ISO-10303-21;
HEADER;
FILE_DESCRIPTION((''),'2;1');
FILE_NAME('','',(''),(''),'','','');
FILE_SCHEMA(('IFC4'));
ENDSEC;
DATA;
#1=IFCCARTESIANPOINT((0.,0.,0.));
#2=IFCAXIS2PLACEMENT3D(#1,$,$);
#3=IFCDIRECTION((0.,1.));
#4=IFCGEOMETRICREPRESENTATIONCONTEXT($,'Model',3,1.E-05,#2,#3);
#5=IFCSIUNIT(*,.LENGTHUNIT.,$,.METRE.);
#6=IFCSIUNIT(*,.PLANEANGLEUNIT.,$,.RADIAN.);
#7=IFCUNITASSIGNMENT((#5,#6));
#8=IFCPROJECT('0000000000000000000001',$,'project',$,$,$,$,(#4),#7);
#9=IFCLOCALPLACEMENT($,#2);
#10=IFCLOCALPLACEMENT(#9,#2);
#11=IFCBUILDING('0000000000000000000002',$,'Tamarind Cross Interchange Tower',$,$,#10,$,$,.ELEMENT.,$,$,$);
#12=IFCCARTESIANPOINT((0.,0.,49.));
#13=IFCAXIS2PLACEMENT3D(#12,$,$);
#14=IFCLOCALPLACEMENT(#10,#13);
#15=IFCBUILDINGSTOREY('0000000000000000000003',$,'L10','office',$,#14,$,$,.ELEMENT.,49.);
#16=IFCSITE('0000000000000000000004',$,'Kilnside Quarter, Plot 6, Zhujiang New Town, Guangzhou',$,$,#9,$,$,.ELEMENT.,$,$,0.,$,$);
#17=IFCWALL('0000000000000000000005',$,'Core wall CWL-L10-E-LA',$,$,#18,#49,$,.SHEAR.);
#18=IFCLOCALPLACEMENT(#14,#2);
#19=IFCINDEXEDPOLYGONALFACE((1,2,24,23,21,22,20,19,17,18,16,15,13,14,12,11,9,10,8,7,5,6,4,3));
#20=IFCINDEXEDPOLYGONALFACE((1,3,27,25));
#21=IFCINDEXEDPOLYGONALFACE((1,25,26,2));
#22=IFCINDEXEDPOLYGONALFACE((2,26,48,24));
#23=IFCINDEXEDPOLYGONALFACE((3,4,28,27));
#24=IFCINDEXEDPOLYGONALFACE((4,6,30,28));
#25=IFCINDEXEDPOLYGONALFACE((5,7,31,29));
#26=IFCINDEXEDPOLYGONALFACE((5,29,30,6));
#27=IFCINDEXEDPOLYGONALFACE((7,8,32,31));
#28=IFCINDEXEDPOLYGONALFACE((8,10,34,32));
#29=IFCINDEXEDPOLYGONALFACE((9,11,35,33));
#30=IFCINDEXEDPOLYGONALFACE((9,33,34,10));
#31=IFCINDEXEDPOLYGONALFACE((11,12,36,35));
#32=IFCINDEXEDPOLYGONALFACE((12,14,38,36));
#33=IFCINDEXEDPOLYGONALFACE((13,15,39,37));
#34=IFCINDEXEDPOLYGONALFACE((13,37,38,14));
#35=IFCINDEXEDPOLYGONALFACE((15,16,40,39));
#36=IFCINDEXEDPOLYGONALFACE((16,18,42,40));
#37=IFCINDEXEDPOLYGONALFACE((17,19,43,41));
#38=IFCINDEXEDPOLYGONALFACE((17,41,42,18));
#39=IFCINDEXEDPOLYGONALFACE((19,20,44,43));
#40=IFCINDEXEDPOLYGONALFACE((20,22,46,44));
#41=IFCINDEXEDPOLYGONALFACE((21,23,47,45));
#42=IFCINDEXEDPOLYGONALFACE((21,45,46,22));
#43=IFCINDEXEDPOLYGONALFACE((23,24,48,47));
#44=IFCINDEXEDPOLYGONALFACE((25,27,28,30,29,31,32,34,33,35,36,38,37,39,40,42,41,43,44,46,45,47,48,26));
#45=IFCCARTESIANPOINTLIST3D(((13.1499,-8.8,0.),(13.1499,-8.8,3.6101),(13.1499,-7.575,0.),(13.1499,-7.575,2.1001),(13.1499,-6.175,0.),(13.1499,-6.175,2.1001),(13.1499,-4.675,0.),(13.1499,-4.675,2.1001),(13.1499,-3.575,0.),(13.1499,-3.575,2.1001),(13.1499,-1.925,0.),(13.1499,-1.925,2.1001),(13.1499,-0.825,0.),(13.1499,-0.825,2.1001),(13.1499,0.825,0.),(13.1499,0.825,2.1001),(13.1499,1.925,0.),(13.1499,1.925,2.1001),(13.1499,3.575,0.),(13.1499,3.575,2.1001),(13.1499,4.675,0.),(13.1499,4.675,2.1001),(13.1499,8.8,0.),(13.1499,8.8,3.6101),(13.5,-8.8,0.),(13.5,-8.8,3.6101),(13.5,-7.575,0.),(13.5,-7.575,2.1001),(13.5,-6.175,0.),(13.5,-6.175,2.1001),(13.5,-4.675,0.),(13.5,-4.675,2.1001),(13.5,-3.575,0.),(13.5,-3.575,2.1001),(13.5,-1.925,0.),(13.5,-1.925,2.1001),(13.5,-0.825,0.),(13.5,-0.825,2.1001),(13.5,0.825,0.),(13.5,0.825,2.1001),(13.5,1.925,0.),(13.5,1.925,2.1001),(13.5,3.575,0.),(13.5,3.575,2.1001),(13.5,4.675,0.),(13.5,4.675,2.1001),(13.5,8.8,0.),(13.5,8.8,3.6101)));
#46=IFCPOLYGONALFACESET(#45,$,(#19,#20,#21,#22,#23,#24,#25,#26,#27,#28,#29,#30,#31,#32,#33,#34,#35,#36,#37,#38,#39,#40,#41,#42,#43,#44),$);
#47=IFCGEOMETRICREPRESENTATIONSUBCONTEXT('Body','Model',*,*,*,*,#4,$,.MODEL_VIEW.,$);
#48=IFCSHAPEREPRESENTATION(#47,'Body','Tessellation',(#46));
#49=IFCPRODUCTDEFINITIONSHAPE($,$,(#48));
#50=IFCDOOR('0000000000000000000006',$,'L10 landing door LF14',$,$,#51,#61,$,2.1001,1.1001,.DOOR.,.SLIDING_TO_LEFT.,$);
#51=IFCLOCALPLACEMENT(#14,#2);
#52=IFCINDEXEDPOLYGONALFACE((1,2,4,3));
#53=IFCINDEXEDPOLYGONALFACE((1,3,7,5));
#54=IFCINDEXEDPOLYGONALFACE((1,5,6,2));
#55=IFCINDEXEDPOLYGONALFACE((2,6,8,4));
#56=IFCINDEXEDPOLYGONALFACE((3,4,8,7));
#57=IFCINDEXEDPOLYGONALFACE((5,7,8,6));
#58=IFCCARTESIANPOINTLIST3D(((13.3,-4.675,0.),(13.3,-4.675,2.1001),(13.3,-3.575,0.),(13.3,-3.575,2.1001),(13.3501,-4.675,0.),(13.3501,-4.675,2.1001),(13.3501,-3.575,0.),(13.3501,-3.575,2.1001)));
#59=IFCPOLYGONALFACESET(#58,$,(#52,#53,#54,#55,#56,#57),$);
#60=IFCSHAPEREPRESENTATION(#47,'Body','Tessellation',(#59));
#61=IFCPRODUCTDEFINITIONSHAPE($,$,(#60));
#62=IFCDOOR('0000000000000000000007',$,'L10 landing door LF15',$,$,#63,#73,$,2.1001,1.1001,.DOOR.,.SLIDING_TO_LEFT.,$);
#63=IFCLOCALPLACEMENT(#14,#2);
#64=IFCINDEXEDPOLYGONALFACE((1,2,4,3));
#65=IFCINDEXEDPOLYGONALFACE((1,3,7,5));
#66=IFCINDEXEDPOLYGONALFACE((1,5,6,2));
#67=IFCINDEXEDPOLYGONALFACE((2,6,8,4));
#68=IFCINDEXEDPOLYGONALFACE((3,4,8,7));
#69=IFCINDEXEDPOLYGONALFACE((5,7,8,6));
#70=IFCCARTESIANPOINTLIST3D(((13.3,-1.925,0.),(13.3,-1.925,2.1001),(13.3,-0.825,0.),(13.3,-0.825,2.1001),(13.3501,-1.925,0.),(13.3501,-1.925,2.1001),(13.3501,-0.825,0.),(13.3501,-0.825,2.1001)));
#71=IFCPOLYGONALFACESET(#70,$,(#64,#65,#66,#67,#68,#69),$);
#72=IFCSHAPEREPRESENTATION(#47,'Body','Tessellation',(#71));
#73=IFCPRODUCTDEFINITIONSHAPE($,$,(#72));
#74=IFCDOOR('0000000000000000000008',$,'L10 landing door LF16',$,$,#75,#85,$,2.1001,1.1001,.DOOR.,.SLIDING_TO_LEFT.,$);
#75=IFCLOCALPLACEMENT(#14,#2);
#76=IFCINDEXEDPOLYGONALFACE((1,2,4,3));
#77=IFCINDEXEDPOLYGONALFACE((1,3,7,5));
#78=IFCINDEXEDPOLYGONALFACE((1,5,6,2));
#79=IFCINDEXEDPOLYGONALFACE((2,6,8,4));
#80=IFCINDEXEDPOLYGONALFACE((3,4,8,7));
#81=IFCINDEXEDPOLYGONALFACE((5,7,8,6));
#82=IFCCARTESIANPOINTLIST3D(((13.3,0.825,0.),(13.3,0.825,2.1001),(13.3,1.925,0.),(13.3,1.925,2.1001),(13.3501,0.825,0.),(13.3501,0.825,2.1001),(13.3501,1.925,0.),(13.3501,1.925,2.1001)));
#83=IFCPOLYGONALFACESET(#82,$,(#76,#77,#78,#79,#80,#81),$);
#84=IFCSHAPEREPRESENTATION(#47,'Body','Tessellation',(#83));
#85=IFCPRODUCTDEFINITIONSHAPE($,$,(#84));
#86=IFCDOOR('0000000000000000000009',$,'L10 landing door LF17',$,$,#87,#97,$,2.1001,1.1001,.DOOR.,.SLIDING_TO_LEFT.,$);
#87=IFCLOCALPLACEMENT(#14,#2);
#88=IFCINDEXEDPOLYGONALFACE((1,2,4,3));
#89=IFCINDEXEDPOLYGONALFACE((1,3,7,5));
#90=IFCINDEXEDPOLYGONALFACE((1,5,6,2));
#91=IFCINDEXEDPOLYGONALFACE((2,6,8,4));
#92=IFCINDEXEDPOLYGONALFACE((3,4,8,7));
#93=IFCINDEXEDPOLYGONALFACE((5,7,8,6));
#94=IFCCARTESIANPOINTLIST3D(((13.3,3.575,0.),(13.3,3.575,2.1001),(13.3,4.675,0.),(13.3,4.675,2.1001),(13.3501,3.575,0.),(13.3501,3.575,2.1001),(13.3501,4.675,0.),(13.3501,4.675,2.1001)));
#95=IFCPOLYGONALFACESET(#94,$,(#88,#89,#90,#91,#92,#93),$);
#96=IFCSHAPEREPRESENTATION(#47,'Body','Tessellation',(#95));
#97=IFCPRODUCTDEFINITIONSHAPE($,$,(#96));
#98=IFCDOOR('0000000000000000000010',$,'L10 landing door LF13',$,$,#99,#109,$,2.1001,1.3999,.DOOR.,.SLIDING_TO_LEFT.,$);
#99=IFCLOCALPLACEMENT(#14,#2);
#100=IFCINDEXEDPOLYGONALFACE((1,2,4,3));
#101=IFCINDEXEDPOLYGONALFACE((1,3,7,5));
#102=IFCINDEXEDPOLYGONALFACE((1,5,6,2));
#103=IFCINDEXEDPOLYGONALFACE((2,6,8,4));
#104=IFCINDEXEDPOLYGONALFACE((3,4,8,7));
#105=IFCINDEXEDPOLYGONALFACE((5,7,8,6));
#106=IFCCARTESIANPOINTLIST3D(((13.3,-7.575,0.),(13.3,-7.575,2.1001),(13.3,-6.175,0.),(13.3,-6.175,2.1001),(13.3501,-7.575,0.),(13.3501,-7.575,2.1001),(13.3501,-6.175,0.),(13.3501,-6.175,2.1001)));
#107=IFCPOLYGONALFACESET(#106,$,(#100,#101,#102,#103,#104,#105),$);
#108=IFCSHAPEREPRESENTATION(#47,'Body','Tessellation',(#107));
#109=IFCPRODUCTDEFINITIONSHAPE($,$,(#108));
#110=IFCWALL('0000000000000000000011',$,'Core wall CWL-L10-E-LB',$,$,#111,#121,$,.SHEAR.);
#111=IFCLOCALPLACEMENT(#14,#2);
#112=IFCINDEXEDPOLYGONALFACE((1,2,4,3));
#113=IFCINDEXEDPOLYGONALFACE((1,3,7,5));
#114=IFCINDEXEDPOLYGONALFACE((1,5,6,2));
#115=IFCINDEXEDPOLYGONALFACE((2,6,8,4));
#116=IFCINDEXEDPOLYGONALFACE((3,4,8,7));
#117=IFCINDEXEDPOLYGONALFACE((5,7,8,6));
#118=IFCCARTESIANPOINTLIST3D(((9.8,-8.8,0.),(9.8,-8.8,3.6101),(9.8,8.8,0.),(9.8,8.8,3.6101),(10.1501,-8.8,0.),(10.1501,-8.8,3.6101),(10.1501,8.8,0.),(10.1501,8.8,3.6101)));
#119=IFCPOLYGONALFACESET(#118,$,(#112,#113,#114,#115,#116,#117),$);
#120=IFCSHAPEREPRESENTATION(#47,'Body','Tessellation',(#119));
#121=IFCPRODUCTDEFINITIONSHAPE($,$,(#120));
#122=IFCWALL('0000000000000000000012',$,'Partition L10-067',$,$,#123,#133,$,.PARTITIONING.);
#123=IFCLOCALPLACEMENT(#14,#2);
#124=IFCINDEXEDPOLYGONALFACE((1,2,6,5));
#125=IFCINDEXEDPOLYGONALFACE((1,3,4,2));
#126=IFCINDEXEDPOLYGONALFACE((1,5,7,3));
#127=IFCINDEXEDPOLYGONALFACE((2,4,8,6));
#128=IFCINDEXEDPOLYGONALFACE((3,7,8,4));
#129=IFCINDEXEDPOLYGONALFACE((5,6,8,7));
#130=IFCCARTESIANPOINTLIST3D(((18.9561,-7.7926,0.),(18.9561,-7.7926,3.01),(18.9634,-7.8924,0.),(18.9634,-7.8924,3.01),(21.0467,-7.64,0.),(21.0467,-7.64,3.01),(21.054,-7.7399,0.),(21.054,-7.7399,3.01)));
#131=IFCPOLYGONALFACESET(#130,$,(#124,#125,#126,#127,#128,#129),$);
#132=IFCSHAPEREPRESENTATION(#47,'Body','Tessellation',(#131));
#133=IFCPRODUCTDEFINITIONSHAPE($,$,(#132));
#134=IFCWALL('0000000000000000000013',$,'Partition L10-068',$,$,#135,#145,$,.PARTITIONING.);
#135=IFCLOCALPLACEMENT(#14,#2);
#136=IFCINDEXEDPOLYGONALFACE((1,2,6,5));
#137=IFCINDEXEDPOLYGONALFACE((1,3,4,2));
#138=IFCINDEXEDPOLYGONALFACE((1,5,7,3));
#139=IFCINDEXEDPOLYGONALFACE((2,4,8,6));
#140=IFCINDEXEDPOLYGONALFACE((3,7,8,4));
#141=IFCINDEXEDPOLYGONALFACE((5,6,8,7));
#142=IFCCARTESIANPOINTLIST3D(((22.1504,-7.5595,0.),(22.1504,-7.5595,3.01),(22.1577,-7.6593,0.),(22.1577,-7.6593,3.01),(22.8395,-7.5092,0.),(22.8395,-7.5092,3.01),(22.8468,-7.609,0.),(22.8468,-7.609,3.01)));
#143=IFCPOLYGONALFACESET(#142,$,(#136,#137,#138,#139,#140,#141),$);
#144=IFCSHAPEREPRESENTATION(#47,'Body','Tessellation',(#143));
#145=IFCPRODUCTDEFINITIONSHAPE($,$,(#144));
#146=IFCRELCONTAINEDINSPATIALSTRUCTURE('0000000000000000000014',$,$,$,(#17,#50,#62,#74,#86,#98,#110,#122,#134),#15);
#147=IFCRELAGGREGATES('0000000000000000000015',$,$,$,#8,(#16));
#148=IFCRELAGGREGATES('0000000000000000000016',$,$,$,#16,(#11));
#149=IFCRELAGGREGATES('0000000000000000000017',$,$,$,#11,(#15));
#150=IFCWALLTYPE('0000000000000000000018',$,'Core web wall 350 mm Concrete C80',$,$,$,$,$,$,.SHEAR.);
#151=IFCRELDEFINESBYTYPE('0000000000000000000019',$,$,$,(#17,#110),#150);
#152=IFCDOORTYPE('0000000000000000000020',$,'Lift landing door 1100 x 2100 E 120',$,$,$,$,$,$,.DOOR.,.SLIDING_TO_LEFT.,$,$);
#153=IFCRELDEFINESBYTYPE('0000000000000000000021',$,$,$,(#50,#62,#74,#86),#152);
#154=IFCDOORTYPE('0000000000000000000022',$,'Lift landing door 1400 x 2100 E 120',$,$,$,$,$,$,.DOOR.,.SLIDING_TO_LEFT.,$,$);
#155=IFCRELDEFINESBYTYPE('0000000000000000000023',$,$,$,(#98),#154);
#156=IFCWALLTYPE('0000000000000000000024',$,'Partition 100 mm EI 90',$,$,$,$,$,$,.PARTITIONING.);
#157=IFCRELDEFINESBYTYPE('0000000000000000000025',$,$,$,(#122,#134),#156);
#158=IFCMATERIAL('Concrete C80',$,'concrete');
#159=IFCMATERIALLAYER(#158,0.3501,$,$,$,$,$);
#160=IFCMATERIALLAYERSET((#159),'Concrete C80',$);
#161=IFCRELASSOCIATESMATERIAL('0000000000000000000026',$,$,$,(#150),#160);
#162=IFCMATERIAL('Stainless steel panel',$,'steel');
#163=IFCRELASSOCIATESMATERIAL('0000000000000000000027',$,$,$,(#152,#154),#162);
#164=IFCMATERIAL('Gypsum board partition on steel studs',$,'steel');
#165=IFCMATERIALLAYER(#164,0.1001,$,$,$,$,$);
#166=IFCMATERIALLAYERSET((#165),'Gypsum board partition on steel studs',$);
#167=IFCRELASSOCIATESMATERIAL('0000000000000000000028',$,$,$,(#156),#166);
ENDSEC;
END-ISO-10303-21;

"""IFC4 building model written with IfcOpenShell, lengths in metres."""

from ifc_helpers import new_model, si_unit, direction, frame, frame_2d, origin, place, context, subcontext, project, spatial, rectangle, extrude, material, layer, layer_set, type_object, element, fill, save


model = new_model("IFC4")

# Units and contexts
model_context = context("Model", 3, precision=1e-05, world=origin(), true_north=direction((0.0, 1.0)))
body_context = subcontext(model_context, "Body", "Model", "MODEL_VIEW")
ifc_project = project(units=[si_unit("LENGTHUNIT", "METRE"), si_unit("PLANEANGLEUNIT", "RADIAN")], contexts=[model_context])

# Site, building, storey
site_placement = place(None, origin())
site = spatial("IfcSite", under=ifc_project, at=site_placement, Name="Kilnside Quarter, Plot 6, Zhujiang New Town, Guangzhou", CompositionType="ELEMENT", RefElevation=0.0)
building_placement = place(site_placement, origin())
building = spatial("IfcBuilding", under=site, at=building_placement, Name="Tamarind Cross Interchange Tower", CompositionType="ELEMENT")
storey_placement = place(building_placement, frame((0.0, 0.0, 49.0)))
storey = spatial("IfcBuildingStorey", under=building, at=storey_placement, Name="L10", Description="office", CompositionType="ELEMENT", Elevation=49.0)

# Wall, openings, doors
ifc_material_1 = material(Name="Concrete C80", Category="concrete")
ifc_layer_1 = layer(ifc_material_1, 0.3501)
ifc_layer_set_1 = layer_set([ifc_layer_1], Name="Concrete C80")
wall_type_1 = type_object("IfcWallType", Name="Core web wall 350 mm Concrete C80", PredefinedType="SHEAR", material=ifc_layer_set_1)
wall_1_placement = place(storey_placement, frame((13.325, -8.8, 0.0), z_axis=(0.0, 0.0, 1.0), x_axis=(0.0, 1.0, 0.0)))
wall_1 = element("IfcWall", 1, at=wall_1_placement, inside=storey, type_object=wall_type_1, Name="Core wall CWL-L10-E-LA", PredefinedType="SHEAR", context=body_context, shape_type="SweptSolid", body=[
    extrude(rectangle(XDim=17.6001, YDim=0.3501, at=frame_2d((8.8, 0.0))), origin(), (0.0, 0.0, 1.0), 3.6101),
])
opening_1_placement = place(wall_1_placement, frame((1.2251, 0.0, 0.0)))
opening_1 = element("IfcOpeningElement", 2, at=opening_1_placement, cuts=wall_1, PredefinedType="OPENING", context=body_context, shape_type="SweptSolid", body=[
    extrude(rectangle(XDim=1.3999, YDim=2.1001, at=frame_2d((0.7, 1.05))), frame((0.0, 0.1851, 0.0), z_axis=(0.0, -1.0, 0.0), x_axis=(1.0, 0.0, 0.0)), (0.0, 0.0, 1.0), 0.3701),
])
opening_2_placement = place(wall_1_placement, frame((4.125, 0.0, 0.0)))
opening_2 = element("IfcOpeningElement", 3, at=opening_2_placement, cuts=wall_1, PredefinedType="OPENING", context=body_context, shape_type="SweptSolid", body=[
    extrude(rectangle(XDim=1.1001, YDim=2.1001, at=frame_2d((0.55, 1.05))), frame((0.0, 0.1851, 0.0), z_axis=(0.0, -1.0, 0.0), x_axis=(1.0, 0.0, 0.0)), (0.0, 0.0, 1.0), 0.3701),
])
opening_3_placement = place(wall_1_placement, frame((6.875, 0.0, 0.0)))
opening_3 = element("IfcOpeningElement", 4, at=opening_3_placement, cuts=wall_1, PredefinedType="OPENING", context=body_context, shape_type="SweptSolid", body=[
    extrude(rectangle(XDim=1.1001, YDim=2.1001, at=frame_2d((0.55, 1.05))), frame((0.0, 0.1851, 0.0), z_axis=(0.0, -1.0, 0.0), x_axis=(1.0, 0.0, 0.0)), (0.0, 0.0, 1.0), 0.3701),
])
opening_4_placement = place(wall_1_placement, frame((9.625, 0.0, 0.0)))
opening_4 = element("IfcOpeningElement", 5, at=opening_4_placement, cuts=wall_1, PredefinedType="OPENING", context=body_context, shape_type="SweptSolid", body=[
    extrude(rectangle(XDim=1.1001, YDim=2.1001, at=frame_2d((0.55, 1.05))), frame((0.0, 0.1851, 0.0), z_axis=(0.0, -1.0, 0.0), x_axis=(1.0, 0.0, 0.0)), (0.0, 0.0, 1.0), 0.3701),
])
opening_5_placement = place(wall_1_placement, frame((12.375, 0.0, 0.0)))
opening_5 = element("IfcOpeningElement", 6, at=opening_5_placement, cuts=wall_1, PredefinedType="OPENING", context=body_context, shape_type="SweptSolid", body=[
    extrude(rectangle(XDim=1.1001, YDim=2.1001, at=frame_2d((0.55, 1.05))), frame((0.0, 0.1851, 0.0), z_axis=(0.0, -1.0, 0.0), x_axis=(1.0, 0.0, 0.0)), (0.0, 0.0, 1.0), 0.3701),
])
ifc_material_2 = material(Name="Stainless steel panel", Category="steel")
door_type_1 = type_object("IfcDoorType", Name="Lift landing door 1100 x 2100 E 120", OperationType="SLIDING_TO_LEFT", PredefinedType="DOOR", material=ifc_material_2)
door_1_placement = place(opening_2_placement, origin())
door_1 = element("IfcDoor", 7, at=door_1_placement, inside=storey, type_object=door_type_1, Name="L10 landing door LF14", OperationType="SLIDING_TO_LEFT", OverallHeight=2.1001, OverallWidth=1.1001, PredefinedType="DOOR", context=body_context, shape_type="SweptSolid", body=[
    extrude(rectangle(XDim=1.1001, YDim=2.1001, at=frame_2d((0.55, 1.05))), frame((0.0, 0.0249, 0.0), z_axis=(0.0, -1.0, 0.0), x_axis=(1.0, 0.0, 0.0)), (0.0, 0.0, 1.0), 0.05),
])
fill(opening_2, door_1)
door_2_placement = place(opening_3_placement, origin())
door_2 = element("IfcDoor", 8, at=door_2_placement, inside=storey, type_object=door_type_1, Name="L10 landing door LF15", OperationType="SLIDING_TO_LEFT", OverallHeight=2.1001, OverallWidth=1.1001, PredefinedType="DOOR", context=body_context, shape_type="SweptSolid", body=[
    extrude(rectangle(XDim=1.1001, YDim=2.1001, at=frame_2d((0.55, 1.05))), frame((0.0, 0.0249, 0.0), z_axis=(0.0, -1.0, 0.0), x_axis=(1.0, 0.0, 0.0)), (0.0, 0.0, 1.0), 0.05),
])
fill(opening_3, door_2)
door_3_placement = place(opening_4_placement, origin())
door_3 = element("IfcDoor", 9, at=door_3_placement, inside=storey, type_object=door_type_1, Name="L10 landing door LF16", OperationType="SLIDING_TO_LEFT", OverallHeight=2.1001, OverallWidth=1.1001, PredefinedType="DOOR", context=body_context, shape_type="SweptSolid", body=[
    extrude(rectangle(XDim=1.1001, YDim=2.1001, at=frame_2d((0.55, 1.05))), frame((0.0, 0.0249, 0.0), z_axis=(0.0, -1.0, 0.0), x_axis=(1.0, 0.0, 0.0)), (0.0, 0.0, 1.0), 0.05),
])
fill(opening_4, door_3)
door_4_placement = place(opening_5_placement, origin())
door_4 = element("IfcDoor", 10, at=door_4_placement, inside=storey, type_object=door_type_1, Name="L10 landing door LF17", OperationType="SLIDING_TO_LEFT", OverallHeight=2.1001, OverallWidth=1.1001, PredefinedType="DOOR", context=body_context, shape_type="SweptSolid", body=[
    extrude(rectangle(XDim=1.1001, YDim=2.1001, at=frame_2d((0.55, 1.05))), frame((0.0, 0.0249, 0.0), z_axis=(0.0, -1.0, 0.0), x_axis=(1.0, 0.0, 0.0)), (0.0, 0.0, 1.0), 0.05),
])
fill(opening_5, door_4)
door_type_2 = type_object("IfcDoorType", Name="Lift landing door 1400 x 2100 E 120", OperationType="SLIDING_TO_LEFT", PredefinedType="DOOR", material=ifc_material_2)
door_5_placement = place(opening_1_placement, origin())
door_5 = element("IfcDoor", 11, at=door_5_placement, inside=storey, type_object=door_type_2, Name="L10 landing door LF13", OperationType="SLIDING_TO_LEFT", OverallHeight=2.1001, OverallWidth=1.3999, PredefinedType="DOOR", context=body_context, shape_type="SweptSolid", body=[
    extrude(rectangle(XDim=1.3999, YDim=2.1001, at=frame_2d((0.7, 1.05))), frame((0.0, 0.0249, 0.0), z_axis=(0.0, -1.0, 0.0), x_axis=(1.0, 0.0, 0.0)), (0.0, 0.0, 1.0), 0.05),
])
fill(opening_1, door_5)

# Walls
wall_2_placement = place(storey_placement, frame((9.9751, -8.8, 0.0), z_axis=(0.0, 0.0, 1.0), x_axis=(0.0, 1.0, 0.0)))
element("IfcWall", 12, at=wall_2_placement, inside=storey, type_object=wall_type_1, Name="Core wall CWL-L10-E-LB", PredefinedType="SHEAR", context=body_context, shape_type="SweptSolid", body=[
    extrude(rectangle(XDim=17.6001, YDim=0.3501, at=frame_2d((8.8, 0.0))), origin(), (0.0, 0.0, 1.0), 3.6101),
])
ifc_material_3 = material(Name="Gypsum board partition on steel studs", Category="steel")
ifc_layer_2 = layer(ifc_material_3, 0.1001)
ifc_layer_set_2 = layer_set([ifc_layer_2], Name="Gypsum board partition on steel studs")
wall_type_2 = type_object("IfcWallType", Name="Partition 100 mm EI 90", PredefinedType="PARTITIONING", material=ifc_layer_set_2)
wall_3_placement = place(storey_placement, frame((18.9597, -7.8425, 0.0), z_axis=(0.0, 0.0, 1.0), x_axis=(0.997347, 0.072795, 0.0)))
element("IfcWall", 13, at=wall_3_placement, inside=storey, type_object=wall_type_2, Name="Partition L10-067", PredefinedType="PARTITIONING", context=body_context, shape_type="SweptSolid", body=[
    extrude(rectangle(XDim=2.0962, YDim=0.1001, at=frame_2d((1.0481, 0.0))), origin(), (0.0, 0.0, 1.0), 3.01),
])
wall_4_placement = place(storey_placement, frame((22.1541, -7.6094, 0.0), z_axis=(0.0, 0.0, 1.0), x_axis=(0.997346, 0.072804, 0.0)))
element("IfcWall", 14, at=wall_4_placement, inside=storey, type_object=wall_type_2, Name="Partition L10-068", PredefinedType="PARTITIONING", context=body_context, shape_type="SweptSolid", body=[
    extrude(rectangle(XDim=0.6909, YDim=0.1001, at=frame_2d((0.3455, 0.0))), origin(), (0.0, 0.0, 1.0), 3.01),
])

save(model, "model.ifc")
